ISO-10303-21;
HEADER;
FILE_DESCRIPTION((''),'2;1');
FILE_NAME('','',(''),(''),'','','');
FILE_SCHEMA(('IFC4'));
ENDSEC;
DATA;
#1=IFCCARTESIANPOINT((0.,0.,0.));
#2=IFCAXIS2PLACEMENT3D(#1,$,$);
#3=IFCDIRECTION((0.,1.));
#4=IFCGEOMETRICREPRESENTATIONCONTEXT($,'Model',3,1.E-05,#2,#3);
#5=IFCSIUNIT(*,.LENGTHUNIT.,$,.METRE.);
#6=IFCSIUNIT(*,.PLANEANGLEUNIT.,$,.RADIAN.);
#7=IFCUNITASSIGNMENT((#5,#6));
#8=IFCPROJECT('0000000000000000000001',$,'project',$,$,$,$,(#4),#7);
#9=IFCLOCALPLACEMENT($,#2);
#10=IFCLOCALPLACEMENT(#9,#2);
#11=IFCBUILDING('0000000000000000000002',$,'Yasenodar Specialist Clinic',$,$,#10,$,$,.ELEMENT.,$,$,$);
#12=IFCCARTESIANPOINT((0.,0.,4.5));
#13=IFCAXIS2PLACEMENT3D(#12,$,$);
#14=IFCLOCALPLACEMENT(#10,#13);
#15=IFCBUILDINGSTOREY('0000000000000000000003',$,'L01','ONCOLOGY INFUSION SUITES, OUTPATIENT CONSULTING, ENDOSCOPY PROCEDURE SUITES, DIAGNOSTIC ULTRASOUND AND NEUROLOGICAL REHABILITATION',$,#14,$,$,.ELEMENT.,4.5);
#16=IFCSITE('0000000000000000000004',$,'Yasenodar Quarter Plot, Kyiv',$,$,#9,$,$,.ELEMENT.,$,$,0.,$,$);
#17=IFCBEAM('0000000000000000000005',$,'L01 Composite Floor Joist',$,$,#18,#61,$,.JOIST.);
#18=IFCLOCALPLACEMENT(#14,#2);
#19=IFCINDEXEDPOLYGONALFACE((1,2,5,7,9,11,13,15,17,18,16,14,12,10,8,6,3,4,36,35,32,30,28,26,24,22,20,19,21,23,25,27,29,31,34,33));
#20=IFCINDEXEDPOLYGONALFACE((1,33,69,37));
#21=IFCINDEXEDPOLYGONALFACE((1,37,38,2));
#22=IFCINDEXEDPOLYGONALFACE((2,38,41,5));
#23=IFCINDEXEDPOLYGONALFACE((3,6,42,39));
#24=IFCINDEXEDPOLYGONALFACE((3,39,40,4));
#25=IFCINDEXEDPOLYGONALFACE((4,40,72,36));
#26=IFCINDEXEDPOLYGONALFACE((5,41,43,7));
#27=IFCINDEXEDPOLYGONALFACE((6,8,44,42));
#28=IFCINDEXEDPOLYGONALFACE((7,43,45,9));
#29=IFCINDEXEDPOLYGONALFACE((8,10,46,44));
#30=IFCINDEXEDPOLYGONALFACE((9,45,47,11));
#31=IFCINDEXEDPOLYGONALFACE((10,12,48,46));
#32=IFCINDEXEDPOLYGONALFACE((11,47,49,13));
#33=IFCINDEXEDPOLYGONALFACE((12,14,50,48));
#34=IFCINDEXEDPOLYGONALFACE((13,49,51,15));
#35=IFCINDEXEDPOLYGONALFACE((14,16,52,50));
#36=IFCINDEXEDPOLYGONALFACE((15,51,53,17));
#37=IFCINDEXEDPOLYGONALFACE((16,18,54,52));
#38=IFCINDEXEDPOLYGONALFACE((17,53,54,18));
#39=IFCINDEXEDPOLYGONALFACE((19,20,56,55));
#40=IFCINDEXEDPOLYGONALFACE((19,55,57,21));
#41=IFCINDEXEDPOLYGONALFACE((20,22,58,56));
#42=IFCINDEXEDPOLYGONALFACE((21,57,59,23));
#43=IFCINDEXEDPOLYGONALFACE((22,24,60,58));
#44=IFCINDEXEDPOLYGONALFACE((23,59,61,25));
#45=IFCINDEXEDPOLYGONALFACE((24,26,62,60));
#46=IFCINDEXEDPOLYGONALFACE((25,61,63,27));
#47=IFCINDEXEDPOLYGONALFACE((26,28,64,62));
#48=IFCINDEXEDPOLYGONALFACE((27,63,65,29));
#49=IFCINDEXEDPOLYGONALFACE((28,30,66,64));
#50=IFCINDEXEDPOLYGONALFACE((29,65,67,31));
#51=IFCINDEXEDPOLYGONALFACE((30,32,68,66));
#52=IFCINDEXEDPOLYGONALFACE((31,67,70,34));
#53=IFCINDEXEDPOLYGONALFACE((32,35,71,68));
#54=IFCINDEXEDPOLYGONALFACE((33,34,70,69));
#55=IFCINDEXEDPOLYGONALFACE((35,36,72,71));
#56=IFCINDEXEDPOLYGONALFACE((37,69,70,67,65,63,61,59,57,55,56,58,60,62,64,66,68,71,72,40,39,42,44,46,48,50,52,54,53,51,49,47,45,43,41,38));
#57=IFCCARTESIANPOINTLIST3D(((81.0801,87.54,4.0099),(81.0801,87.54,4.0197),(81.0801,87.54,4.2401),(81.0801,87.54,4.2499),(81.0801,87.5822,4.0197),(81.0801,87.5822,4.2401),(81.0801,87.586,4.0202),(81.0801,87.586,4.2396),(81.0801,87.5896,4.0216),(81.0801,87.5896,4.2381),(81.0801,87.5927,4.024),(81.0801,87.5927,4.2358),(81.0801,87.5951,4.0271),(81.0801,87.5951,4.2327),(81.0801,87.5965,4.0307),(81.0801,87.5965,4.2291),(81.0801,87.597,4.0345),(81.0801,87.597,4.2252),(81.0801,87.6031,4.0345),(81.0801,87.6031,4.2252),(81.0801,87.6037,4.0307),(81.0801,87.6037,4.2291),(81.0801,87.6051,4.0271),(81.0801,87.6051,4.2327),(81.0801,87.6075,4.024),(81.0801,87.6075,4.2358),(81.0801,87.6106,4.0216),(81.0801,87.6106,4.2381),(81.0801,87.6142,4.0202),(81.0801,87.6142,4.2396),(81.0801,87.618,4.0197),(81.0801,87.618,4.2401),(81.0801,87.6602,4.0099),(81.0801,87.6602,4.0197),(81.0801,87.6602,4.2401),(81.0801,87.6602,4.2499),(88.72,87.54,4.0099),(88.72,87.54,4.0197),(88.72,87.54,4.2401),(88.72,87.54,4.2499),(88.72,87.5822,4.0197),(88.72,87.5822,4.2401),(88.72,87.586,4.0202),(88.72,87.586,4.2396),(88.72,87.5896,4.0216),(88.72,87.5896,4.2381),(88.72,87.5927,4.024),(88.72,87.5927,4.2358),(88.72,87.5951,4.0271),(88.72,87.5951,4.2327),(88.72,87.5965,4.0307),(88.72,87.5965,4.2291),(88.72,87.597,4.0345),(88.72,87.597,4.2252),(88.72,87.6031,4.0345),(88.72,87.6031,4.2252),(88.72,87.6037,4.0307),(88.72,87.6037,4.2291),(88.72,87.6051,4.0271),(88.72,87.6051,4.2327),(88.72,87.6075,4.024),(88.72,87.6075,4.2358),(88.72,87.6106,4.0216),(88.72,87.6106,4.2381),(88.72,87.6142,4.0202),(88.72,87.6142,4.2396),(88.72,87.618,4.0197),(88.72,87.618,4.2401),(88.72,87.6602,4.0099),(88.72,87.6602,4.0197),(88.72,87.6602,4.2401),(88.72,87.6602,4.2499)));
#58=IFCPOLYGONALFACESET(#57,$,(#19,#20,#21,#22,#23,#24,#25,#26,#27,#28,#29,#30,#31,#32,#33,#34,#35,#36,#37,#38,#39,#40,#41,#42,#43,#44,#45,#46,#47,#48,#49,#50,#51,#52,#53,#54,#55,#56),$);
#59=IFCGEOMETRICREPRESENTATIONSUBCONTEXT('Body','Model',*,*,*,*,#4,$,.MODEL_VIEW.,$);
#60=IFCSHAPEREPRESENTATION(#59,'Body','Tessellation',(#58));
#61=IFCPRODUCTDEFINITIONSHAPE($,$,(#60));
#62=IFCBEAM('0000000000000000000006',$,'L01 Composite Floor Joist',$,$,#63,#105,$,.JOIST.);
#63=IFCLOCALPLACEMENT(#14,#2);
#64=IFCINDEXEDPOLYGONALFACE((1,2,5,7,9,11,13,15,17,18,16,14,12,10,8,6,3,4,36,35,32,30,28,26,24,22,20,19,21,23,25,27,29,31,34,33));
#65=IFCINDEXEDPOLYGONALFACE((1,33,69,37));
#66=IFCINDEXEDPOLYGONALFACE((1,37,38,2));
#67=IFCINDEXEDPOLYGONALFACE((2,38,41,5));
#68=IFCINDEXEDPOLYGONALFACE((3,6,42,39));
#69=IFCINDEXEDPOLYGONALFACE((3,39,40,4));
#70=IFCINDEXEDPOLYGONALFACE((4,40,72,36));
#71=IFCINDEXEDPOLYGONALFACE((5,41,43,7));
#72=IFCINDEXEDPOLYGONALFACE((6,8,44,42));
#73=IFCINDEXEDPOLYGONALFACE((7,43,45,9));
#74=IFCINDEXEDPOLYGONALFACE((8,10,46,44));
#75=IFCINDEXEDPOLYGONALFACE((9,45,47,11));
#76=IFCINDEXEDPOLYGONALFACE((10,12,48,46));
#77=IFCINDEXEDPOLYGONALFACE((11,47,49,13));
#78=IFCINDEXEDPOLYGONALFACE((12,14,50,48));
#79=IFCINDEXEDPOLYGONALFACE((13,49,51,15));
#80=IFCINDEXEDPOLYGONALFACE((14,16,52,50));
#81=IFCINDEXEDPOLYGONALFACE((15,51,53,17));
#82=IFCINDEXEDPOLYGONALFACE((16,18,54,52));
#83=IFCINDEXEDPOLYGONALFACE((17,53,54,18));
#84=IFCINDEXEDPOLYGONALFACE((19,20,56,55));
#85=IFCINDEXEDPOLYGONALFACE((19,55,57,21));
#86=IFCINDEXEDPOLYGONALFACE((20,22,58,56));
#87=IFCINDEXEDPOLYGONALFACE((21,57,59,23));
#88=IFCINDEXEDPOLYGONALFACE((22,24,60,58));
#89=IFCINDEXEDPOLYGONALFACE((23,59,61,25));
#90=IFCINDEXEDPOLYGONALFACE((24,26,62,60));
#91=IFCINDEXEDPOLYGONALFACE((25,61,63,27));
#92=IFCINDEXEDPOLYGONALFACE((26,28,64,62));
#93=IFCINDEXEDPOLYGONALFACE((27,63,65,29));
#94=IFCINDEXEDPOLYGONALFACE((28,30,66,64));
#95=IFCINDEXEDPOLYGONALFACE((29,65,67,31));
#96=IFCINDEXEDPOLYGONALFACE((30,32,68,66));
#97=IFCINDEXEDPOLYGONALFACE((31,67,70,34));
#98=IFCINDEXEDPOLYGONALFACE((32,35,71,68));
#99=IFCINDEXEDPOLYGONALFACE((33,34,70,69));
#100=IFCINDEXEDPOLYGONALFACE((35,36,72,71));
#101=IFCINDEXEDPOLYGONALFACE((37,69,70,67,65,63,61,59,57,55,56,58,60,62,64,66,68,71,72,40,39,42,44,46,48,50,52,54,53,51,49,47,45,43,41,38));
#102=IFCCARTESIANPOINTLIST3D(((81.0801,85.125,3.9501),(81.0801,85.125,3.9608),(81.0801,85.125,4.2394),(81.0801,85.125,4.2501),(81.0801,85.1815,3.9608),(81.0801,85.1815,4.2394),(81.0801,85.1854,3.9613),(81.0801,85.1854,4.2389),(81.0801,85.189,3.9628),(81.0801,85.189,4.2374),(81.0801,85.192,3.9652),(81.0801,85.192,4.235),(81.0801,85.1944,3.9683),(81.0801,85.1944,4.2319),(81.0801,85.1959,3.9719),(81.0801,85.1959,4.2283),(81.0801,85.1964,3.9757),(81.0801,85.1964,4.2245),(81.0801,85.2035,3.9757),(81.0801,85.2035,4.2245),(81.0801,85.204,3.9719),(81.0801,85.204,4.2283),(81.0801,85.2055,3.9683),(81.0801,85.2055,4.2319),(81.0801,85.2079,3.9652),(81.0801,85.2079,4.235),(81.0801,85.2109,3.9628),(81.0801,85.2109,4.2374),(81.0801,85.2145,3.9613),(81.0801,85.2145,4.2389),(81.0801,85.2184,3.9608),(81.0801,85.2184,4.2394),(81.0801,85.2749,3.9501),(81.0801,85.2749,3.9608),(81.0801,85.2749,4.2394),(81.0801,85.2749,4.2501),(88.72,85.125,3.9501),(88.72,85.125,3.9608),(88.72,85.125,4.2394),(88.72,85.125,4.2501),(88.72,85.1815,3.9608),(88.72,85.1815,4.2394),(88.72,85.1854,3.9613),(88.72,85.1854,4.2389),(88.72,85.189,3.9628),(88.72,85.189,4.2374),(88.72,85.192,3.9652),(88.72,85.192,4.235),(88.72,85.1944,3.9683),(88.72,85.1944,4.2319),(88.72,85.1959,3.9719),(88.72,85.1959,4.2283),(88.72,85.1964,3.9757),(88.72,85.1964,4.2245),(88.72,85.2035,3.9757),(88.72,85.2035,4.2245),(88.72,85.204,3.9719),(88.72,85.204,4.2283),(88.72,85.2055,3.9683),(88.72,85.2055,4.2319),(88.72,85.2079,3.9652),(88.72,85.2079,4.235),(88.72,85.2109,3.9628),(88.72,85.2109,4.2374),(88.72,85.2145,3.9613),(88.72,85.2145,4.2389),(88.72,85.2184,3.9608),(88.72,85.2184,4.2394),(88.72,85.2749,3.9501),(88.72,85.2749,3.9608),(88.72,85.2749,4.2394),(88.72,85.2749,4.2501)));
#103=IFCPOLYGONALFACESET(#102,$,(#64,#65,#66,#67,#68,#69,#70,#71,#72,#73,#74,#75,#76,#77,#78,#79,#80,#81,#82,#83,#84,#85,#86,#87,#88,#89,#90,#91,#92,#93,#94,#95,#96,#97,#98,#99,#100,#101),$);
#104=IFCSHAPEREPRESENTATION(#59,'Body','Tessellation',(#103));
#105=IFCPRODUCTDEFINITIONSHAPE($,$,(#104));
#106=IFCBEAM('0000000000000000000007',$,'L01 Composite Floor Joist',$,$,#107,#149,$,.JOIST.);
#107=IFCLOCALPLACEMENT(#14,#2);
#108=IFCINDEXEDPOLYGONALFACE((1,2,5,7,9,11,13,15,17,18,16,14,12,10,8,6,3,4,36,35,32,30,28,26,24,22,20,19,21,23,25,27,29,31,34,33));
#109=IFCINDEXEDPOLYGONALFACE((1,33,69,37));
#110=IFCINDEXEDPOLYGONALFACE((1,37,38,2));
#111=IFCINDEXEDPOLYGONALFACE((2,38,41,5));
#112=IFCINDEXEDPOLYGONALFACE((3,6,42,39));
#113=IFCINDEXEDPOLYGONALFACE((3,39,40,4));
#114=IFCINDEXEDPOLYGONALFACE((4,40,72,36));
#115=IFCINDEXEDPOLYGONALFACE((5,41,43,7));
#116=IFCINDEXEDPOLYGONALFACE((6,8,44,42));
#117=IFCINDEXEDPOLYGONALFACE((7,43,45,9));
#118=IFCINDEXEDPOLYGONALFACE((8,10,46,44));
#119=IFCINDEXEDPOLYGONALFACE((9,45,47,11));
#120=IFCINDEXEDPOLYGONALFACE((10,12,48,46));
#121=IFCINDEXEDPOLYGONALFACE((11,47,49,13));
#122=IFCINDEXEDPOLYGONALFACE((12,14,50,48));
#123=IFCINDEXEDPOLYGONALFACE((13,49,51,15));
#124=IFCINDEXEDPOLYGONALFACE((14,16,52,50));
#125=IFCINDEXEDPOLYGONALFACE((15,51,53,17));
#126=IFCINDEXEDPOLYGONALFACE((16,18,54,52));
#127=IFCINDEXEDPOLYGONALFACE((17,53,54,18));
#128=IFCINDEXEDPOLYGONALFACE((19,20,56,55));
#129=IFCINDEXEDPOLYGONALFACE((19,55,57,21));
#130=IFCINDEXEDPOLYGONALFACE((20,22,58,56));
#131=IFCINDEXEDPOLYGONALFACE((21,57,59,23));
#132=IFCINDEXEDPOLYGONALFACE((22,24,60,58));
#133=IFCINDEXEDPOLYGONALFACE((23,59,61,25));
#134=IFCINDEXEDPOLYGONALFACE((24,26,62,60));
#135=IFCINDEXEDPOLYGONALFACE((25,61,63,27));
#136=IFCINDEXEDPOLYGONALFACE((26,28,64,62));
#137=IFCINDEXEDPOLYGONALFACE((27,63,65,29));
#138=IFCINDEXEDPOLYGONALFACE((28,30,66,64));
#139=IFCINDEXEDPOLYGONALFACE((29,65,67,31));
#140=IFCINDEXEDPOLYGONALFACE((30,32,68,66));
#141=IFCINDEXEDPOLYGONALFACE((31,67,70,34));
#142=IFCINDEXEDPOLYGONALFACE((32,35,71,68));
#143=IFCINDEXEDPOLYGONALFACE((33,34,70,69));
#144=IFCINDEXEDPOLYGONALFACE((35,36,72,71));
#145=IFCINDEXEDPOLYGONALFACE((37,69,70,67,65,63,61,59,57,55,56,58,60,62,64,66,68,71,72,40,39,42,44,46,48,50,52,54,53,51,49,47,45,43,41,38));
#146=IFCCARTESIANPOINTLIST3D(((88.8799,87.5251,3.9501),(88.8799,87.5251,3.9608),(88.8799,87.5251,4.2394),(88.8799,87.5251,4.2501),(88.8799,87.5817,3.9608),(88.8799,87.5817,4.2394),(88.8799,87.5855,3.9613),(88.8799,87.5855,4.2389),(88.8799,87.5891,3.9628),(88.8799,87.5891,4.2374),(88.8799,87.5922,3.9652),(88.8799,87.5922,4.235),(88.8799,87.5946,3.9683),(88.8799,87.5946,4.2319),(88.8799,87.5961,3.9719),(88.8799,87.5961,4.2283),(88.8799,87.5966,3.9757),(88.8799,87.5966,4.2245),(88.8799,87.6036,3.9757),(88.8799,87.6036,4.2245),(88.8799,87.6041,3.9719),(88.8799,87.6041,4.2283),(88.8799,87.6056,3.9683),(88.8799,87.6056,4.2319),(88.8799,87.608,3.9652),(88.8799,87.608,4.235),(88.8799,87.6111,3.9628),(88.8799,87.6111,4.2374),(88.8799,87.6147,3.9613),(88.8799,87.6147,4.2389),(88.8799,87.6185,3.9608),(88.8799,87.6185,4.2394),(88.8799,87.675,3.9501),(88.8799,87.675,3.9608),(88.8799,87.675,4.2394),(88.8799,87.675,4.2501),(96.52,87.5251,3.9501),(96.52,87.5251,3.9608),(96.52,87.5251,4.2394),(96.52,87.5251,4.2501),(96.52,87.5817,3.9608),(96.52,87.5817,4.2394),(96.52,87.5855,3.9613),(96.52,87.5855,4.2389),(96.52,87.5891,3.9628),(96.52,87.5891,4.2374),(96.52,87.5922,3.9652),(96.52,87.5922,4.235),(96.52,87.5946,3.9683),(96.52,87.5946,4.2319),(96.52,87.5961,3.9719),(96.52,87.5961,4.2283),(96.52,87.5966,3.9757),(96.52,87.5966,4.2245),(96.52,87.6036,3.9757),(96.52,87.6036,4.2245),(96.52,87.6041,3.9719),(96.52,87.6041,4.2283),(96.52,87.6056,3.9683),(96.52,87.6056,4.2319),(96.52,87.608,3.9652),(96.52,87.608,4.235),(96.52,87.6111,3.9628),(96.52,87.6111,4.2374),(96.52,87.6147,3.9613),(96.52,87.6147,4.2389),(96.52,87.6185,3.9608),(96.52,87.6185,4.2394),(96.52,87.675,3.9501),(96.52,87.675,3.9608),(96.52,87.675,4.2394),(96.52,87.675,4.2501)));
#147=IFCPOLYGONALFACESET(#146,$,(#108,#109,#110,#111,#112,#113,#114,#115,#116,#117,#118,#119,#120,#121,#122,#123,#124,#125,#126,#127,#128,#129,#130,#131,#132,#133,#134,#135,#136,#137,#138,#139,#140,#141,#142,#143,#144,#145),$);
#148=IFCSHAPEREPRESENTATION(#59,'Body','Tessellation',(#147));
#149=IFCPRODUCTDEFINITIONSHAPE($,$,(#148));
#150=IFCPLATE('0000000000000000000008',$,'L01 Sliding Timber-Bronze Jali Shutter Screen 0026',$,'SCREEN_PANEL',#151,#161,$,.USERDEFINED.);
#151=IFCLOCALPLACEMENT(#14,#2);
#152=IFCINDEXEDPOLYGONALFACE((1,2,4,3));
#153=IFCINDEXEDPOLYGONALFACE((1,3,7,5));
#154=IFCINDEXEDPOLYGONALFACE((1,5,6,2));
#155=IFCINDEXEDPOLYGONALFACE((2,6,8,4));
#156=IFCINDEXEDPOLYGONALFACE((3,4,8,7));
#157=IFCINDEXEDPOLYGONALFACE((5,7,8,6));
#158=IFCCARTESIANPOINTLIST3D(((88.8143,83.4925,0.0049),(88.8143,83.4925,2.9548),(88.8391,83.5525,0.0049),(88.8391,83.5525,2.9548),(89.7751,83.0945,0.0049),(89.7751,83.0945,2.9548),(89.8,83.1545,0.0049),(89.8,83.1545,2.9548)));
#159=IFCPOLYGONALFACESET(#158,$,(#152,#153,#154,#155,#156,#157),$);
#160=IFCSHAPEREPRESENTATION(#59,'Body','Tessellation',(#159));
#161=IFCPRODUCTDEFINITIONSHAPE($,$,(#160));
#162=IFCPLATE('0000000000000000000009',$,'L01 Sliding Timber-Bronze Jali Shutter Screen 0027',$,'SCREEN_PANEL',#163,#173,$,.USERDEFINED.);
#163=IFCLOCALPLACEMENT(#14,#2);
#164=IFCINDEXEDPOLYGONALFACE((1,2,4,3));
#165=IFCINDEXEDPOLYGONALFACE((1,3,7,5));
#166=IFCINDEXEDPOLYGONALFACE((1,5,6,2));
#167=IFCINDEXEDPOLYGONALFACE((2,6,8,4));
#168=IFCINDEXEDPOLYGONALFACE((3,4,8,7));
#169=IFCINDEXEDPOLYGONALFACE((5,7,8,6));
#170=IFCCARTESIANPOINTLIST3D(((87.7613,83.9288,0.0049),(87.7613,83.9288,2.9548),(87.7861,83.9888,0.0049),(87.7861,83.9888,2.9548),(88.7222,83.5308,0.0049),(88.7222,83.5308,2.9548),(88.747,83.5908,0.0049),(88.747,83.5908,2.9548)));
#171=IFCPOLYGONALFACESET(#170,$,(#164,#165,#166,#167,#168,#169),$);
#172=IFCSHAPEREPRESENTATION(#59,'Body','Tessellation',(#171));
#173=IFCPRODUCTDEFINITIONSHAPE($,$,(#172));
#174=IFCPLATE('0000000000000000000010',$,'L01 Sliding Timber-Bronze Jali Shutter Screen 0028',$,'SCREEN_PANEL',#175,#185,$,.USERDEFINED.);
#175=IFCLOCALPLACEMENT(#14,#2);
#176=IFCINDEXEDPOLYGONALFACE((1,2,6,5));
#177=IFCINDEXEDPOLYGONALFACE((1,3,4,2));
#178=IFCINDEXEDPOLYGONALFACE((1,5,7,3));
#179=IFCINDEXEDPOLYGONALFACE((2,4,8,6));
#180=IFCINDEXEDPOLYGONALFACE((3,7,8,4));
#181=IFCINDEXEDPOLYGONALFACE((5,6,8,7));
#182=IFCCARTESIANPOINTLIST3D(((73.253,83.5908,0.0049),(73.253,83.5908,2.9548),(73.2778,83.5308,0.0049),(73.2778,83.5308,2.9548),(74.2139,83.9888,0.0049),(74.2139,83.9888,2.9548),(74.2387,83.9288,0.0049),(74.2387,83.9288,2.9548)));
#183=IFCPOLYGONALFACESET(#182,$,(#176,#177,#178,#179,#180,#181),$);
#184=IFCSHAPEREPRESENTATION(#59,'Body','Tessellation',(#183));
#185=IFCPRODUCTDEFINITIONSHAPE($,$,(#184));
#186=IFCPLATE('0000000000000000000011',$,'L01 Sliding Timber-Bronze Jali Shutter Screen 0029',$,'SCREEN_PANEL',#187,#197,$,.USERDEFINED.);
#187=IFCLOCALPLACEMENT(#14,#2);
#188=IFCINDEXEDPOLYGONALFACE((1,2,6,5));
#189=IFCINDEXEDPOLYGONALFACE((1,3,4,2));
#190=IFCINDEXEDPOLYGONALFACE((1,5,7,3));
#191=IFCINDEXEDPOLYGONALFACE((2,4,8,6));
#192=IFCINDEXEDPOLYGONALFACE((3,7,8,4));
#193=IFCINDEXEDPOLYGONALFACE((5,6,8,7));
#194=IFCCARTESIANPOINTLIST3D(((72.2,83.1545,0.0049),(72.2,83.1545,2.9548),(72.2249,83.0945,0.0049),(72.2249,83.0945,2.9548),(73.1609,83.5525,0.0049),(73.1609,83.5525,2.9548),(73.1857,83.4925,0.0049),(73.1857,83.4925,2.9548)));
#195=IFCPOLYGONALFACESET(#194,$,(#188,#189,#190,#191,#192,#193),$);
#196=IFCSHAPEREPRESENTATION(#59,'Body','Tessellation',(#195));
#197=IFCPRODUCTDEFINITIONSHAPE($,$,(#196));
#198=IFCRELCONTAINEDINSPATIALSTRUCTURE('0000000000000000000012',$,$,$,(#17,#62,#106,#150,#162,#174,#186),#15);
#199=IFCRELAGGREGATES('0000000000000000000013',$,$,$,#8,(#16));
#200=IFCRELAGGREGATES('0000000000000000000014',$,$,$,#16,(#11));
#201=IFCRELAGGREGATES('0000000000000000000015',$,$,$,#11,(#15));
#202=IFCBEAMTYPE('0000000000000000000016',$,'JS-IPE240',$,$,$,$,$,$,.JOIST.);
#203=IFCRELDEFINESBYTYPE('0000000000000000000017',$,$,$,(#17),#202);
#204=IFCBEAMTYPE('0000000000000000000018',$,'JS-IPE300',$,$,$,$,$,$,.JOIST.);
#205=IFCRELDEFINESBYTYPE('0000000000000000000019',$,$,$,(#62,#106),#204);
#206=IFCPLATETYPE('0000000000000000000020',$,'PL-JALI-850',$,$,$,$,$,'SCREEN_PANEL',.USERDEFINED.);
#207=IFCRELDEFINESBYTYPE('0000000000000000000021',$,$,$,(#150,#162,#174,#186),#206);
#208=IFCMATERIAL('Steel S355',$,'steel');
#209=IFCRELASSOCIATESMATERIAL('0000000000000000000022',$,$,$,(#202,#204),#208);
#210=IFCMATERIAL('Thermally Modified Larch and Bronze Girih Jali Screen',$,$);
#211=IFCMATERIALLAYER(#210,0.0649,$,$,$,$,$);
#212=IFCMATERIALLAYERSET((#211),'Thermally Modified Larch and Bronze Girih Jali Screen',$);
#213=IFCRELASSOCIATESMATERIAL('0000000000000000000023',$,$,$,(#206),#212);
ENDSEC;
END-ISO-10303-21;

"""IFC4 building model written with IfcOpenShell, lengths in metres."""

from ifc_helpers import new_model, si_unit, direction, frame, origin, origin_2d, place, context, subcontext, project, spatial, rectangle, i_section, extrude, material, layer, layer_set, material_profile, profile_set, type_object, element, save


model = new_model("IFC4")

# Units and contexts
model_context = context("Model", 3, precision=1e-05, world=origin(), true_north=direction((0.0, 1.0)))
body_context = subcontext(model_context, "Body", "Model", "MODEL_VIEW")
ifc_project = project(units=[si_unit("LENGTHUNIT", "METRE"), si_unit("PLANEANGLEUNIT", "RADIAN")], contexts=[model_context])

# Site, building, storey
site_placement = place(None, origin())
site = spatial("IfcSite", under=ifc_project, at=site_placement, Name="Yasenodar Quarter Plot, Kyiv", CompositionType="ELEMENT", RefElevation=0.0)
building_placement = place(site_placement, origin())
building = spatial("IfcBuilding", under=site, at=building_placement, Name="Yasenodar Specialist Clinic", CompositionType="ELEMENT")
storey_placement = place(building_placement, frame((0.0, 0.0, 4.5)))
storey = spatial("IfcBuildingStorey", under=building, at=storey_placement, Name="L01", Description="ONCOLOGY INFUSION SUITES, OUTPATIENT CONSULTING, ENDOSCOPY PROCEDURE SUITES, DIAGNOSTIC ULTRASOUND AND NEUROLOGICAL REHABILITATION", CompositionType="ELEMENT", Elevation=4.5)

# Beams
ifc_material_1 = material(Name="Steel S355", Category="steel")
ifc_material_profile_1 = material_profile(ifc_material_1, i_section(OverallWidth=0.1201, OverallDepth=0.24, WebThickness=0.0061, FlangeThickness=0.0098, FilletRadius=0.0149, at=origin_2d()), Name="IPE 240")
ifc_profile_set_1 = profile_set([ifc_material_profile_1], Name="Steel S355")
beam_type_1 = type_object("IfcBeamType", Name="JS-IPE240", PredefinedType="JOIST", material=ifc_profile_set_1)
for number, where, z_axis, x_axis, name in (
    (1, (81.0801, 87.6001, 4.1299), (1.0, 0.0, 0.0), (0.0, 1.0, 0.0), "L01 Composite Floor Joist"),
):
    element("IfcBeam", number, at=place(storey_placement, frame(where, z_axis=z_axis, x_axis=x_axis)), inside=storey, type_object=beam_type_1, Name=name, PredefinedType="JOIST", context=body_context, shape_type="SweptSolid", body=[
        extrude(i_section(OverallWidth=0.1201, OverallDepth=0.24, WebThickness=0.0061, FlangeThickness=0.0098, FilletRadius=0.0149, at=origin_2d()), origin(), (0.0, 0.0, 1.0), 7.6399),
    ])
ifc_material_profile_2 = material_profile(ifc_material_1, i_section(OverallWidth=0.1499, OverallDepth=0.3, WebThickness=0.0071, FlangeThickness=0.0107, FilletRadius=0.0149, at=origin_2d()), Name="IPE 300")
ifc_profile_set_2 = profile_set([ifc_material_profile_2], Name="Steel S355")
beam_type_2 = type_object("IfcBeamType", Name="JS-IPE300", PredefinedType="JOIST", material=ifc_profile_set_2)
beam_1_placement = place(storey_placement, frame((81.0801, 85.2, 4.1001), z_axis=(1.0, 0.0, 0.0), x_axis=(0.0, 1.0, 0.0)))
element("IfcBeam", 2, at=beam_1_placement, inside=storey, type_object=beam_type_2, Name="L01 Composite Floor Joist", PredefinedType="JOIST", context=body_context, shape_type="SweptSolid", body=[
    extrude(i_section(OverallWidth=0.1499, OverallDepth=0.3, WebThickness=0.0071, FlangeThickness=0.0107, FilletRadius=0.0149, at=origin_2d()), origin(), (0.0, 0.0, 1.0), 7.6399),
])
beam_2_placement = place(storey_placement, frame((88.8799, 87.6001, 4.1001), z_axis=(1.0, 0.0, 0.0), x_axis=(0.0, 1.0, 0.0)))
element("IfcBeam", 3, at=beam_2_placement, inside=storey, type_object=beam_type_2, Name="L01 Composite Floor Joist", PredefinedType="JOIST", context=body_context, shape_type="SweptSolid", body=[
    extrude(i_section(OverallWidth=0.1499, OverallDepth=0.3, WebThickness=0.0071, FlangeThickness=0.0107, FilletRadius=0.0149, at=origin_2d()), origin(), (0.0, 0.0, 1.0), 7.6401),
])

# Plates
ifc_material_2 = material(Name="Thermally Modified Larch and Bronze Girih Jali Screen")
ifc_layer_1 = layer(ifc_material_2, 0.0649)
ifc_layer_set_1 = layer_set([ifc_layer_1], Name="Thermally Modified Larch and Bronze Girih Jali Screen")
plate_type = type_object("IfcPlateType", Name="PL-JALI-850", ElementType="SCREEN_PANEL", PredefinedType="USERDEFINED", material=ifc_layer_set_1)
for number, where, z_axis, x_axis, name in (
    (4, (89.3071, 83.3235, 0.0049), (0.0, 0.0, 1.0), (-0.923878, 0.382687, 0.0), "L01 Sliding Timber-Bronze Jali Shutter Screen 0026"),
    (5, (88.2542, 83.7598, 0.0049), (0.0, 0.0, 1.0), (-0.923878, 0.382687, 0.0), "L01 Sliding Timber-Bronze Jali Shutter Screen 0027"),
    (6, (73.7458, 83.7598, 0.0049), (0.0, 0.0, 1.0), (-0.923878, -0.382687, 0.0), "L01 Sliding Timber-Bronze Jali Shutter Screen 0028"),
    (7, (72.6929, 83.3235, 0.0049), (0.0, 0.0, 1.0), (-0.923878, -0.382687, 0.0), "L01 Sliding Timber-Bronze Jali Shutter Screen 0029"),
):
    element("IfcPlate", number, at=place(storey_placement, frame(where, z_axis=z_axis, x_axis=x_axis)), inside=storey, type_object=plate_type, Name=name, ObjectType="SCREEN_PANEL", PredefinedType="USERDEFINED", context=body_context, shape_type="SweptSolid", body=[
        extrude(rectangle(XDim=1.04, YDim=0.0649, at=origin_2d()), origin(), (0.0, 0.0, 1.0), 2.95),
    ])

save(model, "model.ifc")
